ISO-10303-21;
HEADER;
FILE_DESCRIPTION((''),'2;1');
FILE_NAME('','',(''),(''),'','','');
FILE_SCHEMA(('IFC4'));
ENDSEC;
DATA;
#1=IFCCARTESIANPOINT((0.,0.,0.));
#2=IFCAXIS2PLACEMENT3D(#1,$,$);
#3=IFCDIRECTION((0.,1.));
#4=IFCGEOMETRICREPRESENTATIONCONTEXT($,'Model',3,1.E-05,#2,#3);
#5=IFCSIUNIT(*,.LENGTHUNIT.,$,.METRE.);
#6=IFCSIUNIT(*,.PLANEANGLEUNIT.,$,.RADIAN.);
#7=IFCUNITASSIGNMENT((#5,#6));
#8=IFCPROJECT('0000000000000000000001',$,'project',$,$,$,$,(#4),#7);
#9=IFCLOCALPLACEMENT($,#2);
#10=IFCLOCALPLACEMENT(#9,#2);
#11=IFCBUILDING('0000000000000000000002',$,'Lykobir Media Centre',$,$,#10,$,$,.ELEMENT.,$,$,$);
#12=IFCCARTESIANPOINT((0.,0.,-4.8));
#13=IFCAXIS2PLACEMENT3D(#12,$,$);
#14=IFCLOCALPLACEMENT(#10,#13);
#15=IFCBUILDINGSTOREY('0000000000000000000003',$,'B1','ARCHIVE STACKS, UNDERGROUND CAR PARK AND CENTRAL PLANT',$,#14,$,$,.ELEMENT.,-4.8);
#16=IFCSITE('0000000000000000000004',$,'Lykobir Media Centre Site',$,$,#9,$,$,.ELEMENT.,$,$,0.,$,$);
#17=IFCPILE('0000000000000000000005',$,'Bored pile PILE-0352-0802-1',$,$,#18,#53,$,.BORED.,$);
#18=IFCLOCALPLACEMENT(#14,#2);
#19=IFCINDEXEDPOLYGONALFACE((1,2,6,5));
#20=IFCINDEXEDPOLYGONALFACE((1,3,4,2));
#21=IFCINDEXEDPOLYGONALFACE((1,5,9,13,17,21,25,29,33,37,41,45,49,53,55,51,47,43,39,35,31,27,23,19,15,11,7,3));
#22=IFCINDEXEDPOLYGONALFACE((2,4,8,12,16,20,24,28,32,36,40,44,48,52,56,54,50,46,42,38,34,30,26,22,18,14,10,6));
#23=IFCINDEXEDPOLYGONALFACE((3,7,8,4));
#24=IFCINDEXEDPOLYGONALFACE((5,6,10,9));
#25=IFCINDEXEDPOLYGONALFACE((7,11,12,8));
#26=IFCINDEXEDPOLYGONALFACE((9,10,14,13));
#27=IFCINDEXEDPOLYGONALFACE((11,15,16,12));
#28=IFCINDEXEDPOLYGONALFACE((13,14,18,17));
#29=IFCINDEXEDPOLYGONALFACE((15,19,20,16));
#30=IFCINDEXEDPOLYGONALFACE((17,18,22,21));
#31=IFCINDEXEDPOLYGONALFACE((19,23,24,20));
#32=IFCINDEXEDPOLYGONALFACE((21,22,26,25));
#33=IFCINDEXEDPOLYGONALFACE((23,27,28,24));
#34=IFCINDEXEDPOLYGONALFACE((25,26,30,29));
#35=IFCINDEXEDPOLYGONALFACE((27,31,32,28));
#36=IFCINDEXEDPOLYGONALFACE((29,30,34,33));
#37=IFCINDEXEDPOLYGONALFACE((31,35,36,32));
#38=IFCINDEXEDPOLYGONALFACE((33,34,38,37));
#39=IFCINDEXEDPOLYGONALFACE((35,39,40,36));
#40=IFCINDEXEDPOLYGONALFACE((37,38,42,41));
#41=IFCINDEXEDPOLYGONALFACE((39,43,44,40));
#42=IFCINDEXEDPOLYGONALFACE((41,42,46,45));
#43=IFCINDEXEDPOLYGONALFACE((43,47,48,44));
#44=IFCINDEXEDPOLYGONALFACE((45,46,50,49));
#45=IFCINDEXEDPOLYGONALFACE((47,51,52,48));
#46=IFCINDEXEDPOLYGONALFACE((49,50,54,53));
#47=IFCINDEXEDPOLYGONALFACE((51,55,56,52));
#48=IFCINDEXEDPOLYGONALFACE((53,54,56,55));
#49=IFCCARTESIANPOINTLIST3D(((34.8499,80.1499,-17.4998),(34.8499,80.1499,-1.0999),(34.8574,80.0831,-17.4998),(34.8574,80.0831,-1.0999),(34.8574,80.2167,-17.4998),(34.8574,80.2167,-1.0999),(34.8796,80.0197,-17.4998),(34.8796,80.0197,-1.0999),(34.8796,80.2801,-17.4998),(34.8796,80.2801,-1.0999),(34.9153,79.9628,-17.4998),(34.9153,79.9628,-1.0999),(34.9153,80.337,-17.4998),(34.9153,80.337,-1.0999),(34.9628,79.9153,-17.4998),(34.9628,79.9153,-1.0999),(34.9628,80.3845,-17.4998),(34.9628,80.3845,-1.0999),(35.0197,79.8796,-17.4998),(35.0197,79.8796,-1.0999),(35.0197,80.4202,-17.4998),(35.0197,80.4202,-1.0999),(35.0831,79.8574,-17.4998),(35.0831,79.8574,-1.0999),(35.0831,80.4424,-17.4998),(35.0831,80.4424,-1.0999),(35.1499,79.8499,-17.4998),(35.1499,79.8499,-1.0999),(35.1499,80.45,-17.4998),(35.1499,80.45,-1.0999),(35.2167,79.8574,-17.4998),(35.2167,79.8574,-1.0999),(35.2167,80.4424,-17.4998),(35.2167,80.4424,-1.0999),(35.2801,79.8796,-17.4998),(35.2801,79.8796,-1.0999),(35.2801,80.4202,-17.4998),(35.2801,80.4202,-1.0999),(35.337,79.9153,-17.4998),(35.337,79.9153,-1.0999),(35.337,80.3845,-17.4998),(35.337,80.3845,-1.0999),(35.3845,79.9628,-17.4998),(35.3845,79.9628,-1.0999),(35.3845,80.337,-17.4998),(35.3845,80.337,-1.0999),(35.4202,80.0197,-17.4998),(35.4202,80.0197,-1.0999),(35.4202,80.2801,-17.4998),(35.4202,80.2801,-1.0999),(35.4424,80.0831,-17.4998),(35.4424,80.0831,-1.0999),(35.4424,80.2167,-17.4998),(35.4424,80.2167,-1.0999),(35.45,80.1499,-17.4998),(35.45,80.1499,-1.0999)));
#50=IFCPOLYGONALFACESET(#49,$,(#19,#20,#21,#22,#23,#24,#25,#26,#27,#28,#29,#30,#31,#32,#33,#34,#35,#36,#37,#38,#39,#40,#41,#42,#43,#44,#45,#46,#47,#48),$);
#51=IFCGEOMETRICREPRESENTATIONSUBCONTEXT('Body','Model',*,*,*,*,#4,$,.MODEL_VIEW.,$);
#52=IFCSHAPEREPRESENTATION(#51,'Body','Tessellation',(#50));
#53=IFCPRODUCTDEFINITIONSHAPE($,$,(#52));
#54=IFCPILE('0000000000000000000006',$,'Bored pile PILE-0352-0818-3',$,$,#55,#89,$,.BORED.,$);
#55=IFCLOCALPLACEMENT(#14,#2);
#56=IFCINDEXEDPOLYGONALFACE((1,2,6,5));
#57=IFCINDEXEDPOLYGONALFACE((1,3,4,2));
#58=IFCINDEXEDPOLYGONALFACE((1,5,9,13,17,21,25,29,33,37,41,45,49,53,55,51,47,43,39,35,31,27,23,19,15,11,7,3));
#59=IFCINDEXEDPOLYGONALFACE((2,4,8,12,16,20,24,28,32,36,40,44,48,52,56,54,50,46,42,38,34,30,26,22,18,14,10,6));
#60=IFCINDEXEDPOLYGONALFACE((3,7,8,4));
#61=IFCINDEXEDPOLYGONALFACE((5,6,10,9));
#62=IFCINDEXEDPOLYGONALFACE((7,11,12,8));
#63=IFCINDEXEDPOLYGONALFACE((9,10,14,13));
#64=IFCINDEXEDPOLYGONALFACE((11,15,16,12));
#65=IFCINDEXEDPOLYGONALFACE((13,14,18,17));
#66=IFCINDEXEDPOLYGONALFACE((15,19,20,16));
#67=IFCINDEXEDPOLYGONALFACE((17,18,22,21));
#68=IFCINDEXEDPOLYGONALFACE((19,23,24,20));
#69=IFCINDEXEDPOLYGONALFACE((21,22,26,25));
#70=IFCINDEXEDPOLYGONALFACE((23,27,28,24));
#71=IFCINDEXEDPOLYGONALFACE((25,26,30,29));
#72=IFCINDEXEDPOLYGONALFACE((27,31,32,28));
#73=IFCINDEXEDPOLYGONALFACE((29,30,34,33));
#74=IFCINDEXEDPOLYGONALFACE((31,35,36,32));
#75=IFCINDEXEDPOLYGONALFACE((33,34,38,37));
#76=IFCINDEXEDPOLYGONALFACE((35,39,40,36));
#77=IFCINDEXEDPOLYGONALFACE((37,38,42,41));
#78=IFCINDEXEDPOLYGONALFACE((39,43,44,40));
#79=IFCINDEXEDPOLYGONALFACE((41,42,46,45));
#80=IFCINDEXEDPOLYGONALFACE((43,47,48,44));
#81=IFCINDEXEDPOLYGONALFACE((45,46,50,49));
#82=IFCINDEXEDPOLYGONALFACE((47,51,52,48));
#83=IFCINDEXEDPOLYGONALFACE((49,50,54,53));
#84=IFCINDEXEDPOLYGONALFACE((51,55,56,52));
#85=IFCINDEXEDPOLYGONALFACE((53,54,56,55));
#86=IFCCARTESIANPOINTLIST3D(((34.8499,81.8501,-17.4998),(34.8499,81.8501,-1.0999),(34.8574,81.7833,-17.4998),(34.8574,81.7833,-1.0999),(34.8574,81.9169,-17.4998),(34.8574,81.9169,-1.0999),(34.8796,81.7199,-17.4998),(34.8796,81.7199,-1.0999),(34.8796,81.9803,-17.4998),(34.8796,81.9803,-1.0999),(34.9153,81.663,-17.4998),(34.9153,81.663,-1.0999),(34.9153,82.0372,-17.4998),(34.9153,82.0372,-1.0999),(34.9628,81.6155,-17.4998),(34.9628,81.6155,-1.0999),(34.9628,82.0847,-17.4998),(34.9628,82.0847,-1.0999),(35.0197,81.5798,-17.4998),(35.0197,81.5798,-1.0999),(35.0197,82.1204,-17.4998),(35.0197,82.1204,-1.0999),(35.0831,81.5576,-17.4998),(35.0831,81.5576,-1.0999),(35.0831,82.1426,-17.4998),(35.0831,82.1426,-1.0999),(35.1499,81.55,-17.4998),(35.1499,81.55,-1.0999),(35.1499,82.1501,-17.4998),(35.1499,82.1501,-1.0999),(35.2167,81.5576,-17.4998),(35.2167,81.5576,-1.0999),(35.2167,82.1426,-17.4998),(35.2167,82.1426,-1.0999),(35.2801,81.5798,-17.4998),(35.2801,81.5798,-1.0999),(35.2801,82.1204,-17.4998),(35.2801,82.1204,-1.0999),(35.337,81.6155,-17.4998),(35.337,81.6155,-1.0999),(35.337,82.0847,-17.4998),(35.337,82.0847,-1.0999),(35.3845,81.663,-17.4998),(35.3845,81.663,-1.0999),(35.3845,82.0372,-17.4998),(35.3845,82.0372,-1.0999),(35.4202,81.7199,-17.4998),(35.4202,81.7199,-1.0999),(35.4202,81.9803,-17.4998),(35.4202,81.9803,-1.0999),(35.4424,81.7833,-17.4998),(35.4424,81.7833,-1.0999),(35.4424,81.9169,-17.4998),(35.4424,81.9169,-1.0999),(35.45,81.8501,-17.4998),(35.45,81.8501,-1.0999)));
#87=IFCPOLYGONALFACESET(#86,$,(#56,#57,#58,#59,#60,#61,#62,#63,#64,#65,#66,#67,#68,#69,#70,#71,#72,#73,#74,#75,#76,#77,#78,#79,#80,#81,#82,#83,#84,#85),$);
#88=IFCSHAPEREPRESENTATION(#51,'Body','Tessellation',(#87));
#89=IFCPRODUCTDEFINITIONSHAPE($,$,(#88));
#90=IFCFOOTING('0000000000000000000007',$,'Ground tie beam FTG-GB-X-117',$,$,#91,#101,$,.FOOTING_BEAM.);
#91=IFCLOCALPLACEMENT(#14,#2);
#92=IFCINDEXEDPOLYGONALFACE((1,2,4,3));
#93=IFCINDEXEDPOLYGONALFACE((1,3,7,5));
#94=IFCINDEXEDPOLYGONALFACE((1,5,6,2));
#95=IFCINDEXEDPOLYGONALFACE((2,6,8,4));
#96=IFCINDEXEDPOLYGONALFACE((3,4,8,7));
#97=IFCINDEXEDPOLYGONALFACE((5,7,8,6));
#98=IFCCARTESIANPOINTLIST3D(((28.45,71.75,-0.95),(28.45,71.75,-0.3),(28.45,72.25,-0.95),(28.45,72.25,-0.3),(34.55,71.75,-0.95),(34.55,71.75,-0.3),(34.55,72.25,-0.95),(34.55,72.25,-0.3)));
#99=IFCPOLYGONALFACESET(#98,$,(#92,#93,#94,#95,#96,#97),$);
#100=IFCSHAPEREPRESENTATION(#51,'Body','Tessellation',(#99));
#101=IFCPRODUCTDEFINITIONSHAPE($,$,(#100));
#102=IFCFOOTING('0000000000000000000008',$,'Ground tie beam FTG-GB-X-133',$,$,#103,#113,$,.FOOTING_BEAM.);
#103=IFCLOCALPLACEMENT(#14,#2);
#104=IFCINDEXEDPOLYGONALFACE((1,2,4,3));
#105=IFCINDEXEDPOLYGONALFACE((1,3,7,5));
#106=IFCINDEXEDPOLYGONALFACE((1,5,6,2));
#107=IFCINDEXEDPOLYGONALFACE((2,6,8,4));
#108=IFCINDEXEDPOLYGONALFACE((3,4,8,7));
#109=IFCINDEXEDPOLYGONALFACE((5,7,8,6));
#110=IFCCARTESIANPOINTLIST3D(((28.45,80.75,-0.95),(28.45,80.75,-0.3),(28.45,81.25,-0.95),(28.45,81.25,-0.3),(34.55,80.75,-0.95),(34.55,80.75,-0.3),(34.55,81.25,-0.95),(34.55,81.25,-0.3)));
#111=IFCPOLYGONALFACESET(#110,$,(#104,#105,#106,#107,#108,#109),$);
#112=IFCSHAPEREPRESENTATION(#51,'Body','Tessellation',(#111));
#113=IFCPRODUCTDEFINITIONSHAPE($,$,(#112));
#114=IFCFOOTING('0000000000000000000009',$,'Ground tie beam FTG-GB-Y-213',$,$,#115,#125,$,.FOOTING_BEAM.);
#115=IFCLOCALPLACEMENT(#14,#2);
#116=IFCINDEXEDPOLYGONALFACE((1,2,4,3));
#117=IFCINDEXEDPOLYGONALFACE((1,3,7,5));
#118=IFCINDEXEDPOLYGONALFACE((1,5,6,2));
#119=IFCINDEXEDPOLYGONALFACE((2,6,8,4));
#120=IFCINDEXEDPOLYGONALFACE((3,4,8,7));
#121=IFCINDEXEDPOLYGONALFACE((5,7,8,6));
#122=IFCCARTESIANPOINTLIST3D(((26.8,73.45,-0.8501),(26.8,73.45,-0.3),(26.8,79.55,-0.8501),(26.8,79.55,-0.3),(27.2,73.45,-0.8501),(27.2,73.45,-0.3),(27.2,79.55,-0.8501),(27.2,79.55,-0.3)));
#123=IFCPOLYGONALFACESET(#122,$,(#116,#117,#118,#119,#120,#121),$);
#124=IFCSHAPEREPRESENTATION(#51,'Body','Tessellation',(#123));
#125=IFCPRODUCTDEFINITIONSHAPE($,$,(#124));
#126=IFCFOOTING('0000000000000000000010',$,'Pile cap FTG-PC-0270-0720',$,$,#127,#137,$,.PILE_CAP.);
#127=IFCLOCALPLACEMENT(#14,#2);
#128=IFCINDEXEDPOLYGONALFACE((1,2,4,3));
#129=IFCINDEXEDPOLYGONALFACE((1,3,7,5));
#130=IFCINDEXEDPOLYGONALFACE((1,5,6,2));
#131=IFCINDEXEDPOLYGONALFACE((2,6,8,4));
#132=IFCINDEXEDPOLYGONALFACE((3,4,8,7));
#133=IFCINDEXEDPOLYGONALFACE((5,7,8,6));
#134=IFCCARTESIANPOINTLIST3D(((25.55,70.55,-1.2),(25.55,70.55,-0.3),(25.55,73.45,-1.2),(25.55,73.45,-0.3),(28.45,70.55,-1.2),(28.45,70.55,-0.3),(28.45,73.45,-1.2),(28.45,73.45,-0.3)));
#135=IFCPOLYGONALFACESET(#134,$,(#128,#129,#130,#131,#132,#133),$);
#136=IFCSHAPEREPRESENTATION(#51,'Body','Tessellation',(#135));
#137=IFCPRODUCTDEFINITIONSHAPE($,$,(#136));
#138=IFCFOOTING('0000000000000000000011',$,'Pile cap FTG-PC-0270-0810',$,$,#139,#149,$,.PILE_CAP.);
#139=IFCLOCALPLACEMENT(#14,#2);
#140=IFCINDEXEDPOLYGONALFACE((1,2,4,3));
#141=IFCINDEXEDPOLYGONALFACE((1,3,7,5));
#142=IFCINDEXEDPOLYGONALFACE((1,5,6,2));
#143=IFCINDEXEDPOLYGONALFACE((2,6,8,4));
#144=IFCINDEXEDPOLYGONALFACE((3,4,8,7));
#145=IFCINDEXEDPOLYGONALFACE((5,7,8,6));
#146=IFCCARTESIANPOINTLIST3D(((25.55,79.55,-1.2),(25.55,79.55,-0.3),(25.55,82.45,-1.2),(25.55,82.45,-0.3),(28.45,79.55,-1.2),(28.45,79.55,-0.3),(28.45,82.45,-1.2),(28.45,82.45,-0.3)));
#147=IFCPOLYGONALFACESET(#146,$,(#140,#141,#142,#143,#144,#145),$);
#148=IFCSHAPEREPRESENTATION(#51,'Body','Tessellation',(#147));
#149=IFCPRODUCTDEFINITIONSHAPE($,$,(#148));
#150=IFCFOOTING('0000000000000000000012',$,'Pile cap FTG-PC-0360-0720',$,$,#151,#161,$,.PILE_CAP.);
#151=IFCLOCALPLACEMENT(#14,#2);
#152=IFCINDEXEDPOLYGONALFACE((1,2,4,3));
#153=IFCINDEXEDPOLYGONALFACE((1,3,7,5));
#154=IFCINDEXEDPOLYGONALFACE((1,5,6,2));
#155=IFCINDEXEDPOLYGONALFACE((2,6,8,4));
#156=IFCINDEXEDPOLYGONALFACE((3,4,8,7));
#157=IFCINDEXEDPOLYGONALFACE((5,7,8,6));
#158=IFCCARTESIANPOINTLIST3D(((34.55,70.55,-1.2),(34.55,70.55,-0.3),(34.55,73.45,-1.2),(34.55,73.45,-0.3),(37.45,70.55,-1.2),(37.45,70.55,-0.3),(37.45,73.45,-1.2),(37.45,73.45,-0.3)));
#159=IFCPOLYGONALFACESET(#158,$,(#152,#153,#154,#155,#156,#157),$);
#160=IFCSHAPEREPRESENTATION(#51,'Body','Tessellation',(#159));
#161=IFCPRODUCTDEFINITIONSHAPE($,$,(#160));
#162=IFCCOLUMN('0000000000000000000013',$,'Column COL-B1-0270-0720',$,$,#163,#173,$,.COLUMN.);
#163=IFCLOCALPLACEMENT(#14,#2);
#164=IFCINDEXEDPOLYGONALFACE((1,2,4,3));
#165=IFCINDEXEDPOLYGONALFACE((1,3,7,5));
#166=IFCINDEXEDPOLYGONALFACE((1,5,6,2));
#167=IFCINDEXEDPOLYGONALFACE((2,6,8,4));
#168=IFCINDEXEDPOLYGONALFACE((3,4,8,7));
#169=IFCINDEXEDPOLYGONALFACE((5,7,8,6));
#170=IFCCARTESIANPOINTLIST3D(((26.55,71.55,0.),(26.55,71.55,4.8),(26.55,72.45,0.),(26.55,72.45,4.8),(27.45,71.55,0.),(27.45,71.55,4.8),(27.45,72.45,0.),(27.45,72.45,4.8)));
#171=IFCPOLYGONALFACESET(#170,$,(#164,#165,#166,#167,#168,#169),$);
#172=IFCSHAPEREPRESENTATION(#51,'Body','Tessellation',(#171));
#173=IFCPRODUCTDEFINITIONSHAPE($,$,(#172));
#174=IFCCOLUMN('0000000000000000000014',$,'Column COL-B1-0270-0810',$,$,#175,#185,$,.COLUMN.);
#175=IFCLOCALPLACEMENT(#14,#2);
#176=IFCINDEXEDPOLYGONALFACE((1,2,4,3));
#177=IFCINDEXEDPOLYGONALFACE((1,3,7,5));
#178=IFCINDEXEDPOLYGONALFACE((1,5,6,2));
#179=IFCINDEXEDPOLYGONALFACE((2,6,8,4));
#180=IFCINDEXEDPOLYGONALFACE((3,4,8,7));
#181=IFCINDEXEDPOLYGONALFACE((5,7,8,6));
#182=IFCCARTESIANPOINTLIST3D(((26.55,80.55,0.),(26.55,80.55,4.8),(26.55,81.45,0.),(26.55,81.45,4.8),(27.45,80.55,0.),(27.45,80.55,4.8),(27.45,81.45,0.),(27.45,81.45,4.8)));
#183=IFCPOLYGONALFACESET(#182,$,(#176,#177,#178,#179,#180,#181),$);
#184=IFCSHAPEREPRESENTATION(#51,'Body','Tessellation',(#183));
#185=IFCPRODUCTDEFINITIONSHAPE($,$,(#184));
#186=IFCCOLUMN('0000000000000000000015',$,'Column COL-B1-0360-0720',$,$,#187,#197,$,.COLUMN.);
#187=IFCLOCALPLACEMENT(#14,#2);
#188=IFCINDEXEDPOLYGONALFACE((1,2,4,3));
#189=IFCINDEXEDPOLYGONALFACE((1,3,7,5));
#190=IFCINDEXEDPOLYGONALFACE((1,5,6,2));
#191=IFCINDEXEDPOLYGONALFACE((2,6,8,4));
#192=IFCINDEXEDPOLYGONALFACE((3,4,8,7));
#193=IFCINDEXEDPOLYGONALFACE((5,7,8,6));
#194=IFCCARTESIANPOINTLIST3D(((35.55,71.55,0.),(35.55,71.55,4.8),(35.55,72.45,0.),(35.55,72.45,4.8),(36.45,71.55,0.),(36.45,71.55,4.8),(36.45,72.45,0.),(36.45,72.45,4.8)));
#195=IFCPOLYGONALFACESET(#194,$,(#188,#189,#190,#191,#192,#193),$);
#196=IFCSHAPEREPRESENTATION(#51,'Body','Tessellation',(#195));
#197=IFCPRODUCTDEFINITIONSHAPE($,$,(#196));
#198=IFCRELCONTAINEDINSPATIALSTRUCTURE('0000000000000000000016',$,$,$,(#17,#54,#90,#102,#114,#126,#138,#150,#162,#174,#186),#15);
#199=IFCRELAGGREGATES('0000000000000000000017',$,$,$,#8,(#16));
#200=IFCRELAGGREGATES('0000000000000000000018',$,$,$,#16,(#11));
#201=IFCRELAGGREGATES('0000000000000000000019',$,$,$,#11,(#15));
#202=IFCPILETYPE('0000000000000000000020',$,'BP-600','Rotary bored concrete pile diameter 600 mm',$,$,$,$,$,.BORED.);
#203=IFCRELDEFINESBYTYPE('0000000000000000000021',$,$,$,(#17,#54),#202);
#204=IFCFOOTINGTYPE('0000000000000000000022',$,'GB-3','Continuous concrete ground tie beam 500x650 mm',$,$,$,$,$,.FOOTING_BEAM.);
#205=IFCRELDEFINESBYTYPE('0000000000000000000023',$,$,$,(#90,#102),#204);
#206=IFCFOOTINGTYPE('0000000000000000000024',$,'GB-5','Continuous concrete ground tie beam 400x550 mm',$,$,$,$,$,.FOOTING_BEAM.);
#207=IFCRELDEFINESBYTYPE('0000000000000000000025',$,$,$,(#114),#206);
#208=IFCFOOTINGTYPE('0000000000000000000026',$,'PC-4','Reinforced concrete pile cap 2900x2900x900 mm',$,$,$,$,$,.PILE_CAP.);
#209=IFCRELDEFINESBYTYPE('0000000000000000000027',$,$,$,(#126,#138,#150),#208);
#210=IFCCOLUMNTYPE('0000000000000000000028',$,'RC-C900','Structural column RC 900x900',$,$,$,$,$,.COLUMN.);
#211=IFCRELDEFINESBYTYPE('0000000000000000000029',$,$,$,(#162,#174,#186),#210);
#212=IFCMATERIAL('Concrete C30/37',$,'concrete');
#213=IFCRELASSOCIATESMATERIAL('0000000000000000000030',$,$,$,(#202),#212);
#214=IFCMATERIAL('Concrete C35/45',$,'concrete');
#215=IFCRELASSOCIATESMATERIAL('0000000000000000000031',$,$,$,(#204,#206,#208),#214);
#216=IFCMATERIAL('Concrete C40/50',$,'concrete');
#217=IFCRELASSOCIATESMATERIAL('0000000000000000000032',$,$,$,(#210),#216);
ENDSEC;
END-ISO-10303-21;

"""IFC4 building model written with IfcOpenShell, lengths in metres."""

from ifc_helpers import new_model, si_unit, direction, frame, origin, origin_2d, place, context, subcontext, project, spatial, rectangle, circle, extrude, material, material_profile, profile_set, type_object, element, save


model = new_model("IFC4")

# Units and contexts
model_context = context("Model", 3, precision=1e-05, world=origin(), true_north=direction((0.0, 1.0)))
body_context = subcontext(model_context, "Body", "Model", "MODEL_VIEW")
ifc_project = project(units=[si_unit("LENGTHUNIT", "METRE"), si_unit("PLANEANGLEUNIT", "RADIAN")], contexts=[model_context])

# Site, building, storey
site_placement = place(None, origin())
site = spatial("IfcSite", under=ifc_project, at=site_placement, Name="Lykobir Media Centre Site", CompositionType="ELEMENT", RefElevation=0.0)
building_placement = place(site_placement, origin())
building = spatial("IfcBuilding", under=site, at=building_placement, Name="Lykobir Media Centre", CompositionType="ELEMENT")
storey_placement = place(building_placement, frame((0.0, 0.0, -4.8)))
storey = spatial("IfcBuildingStorey", under=building, at=storey_placement, Name="B1", Description="ARCHIVE STACKS, UNDERGROUND CAR PARK AND CENTRAL PLANT", CompositionType="ELEMENT", Elevation=-4.8)

# Piles
ifc_material_1 = material(Name="Concrete C30/37", Category="concrete")
ifc_material_profile_1 = material_profile(ifc_material_1, circle(Radius=0.3, at=origin_2d()), Name="BORED PILE D600")
ifc_profile_set_1 = profile_set([ifc_material_profile_1], Name="Concrete C30/37")
pile_type = type_object("IfcPileType", Name="BP-600", Description="Rotary bored concrete pile diameter 600 mm", PredefinedType="BORED", material=ifc_profile_set_1)
for number, where, z_axis, x_axis, name in (
    (1, (35.1499, 80.1499, -1.0999), (0.0, 0.0, -1.0), (1.0, 0.0, 0.0), "Bored pile PILE-0352-0802-1"),
    (2, (35.1499, 81.8501, -1.0999), (0.0, 0.0, -1.0), (1.0, 0.0, 0.0), "Bored pile PILE-0352-0818-3"),
):
    element("IfcPile", number, at=place(storey_placement, frame(where, z_axis=z_axis, x_axis=x_axis)), inside=storey, type_object=pile_type, Name=name, PredefinedType="BORED", context=body_context, shape_type="SweptSolid", body=[
        extrude(circle(Radius=0.3, at=origin_2d()), origin(), (0.0, 0.0, 1.0), 16.3999),
    ])

# Footings
ifc_material_2 = material(Name="Concrete C35/45", Category="concrete")
footing_type_1 = type_object("IfcFootingType", Name="GB-3", Description="Continuous concrete ground tie beam 500x650 mm", PredefinedType="FOOTING_BEAM", material=ifc_material_2)
for number, where, z_axis, x_axis, name in (
    (3, (31.5, 72.0, -0.95), (0.0, 0.0, 1.0), (1.0, 0.0, 0.0), "Ground tie beam FTG-GB-X-117"),
    (4, (31.5, 81.0, -0.95), (0.0, 0.0, 1.0), (1.0, 0.0, 0.0), "Ground tie beam FTG-GB-X-133"),
):
    element("IfcFooting", number, at=place(storey_placement, frame(where, z_axis=z_axis, x_axis=x_axis)), inside=storey, type_object=footing_type_1, Name=name, PredefinedType="FOOTING_BEAM", context=body_context, shape_type="SweptSolid", body=[
        extrude(rectangle(XDim=6.1001, YDim=0.5, at=origin_2d()), origin(), (0.0, 0.0, 1.0), 0.6499),
    ])
footing_type_2 = type_object("IfcFootingType", Name="GB-5", Description="Continuous concrete ground tie beam 400x550 mm", PredefinedType="FOOTING_BEAM", material=ifc_material_2)
footing_placement = place(storey_placement, frame((27.0, 76.5, -0.8501), z_axis=(0.0, 0.0, 1.0), x_axis=(0.0, 1.0, 0.0)))
element("IfcFooting", 5, at=footing_placement, inside=storey, type_object=footing_type_2, Name="Ground tie beam FTG-GB-Y-213", PredefinedType="FOOTING_BEAM", context=body_context, shape_type="SweptSolid", body=[
    extrude(rectangle(XDim=6.1001, YDim=0.3999, at=origin_2d()), origin(), (0.0, 0.0, 1.0), 0.55),
])
footing_type_3 = type_object("IfcFootingType", Name="PC-4", Description="Reinforced concrete pile cap 2900x2900x900 mm", PredefinedType="PILE_CAP", material=ifc_material_2)
for number, where, z_axis, x_axis, name in (
    (6, (27.0, 72.0, -1.2), (0.0, 0.0, 1.0), (1.0, 0.0, 0.0), "Pile cap FTG-PC-0270-0720"),
    (7, (27.0, 81.0, -1.2), (0.0, 0.0, 1.0), (1.0, 0.0, 0.0), "Pile cap FTG-PC-0270-0810"),
    (8, (36.0, 72.0, -1.2), (0.0, 0.0, 1.0), (1.0, 0.0, 0.0), "Pile cap FTG-PC-0360-0720"),
):
    element("IfcFooting", number, at=place(storey_placement, frame(where, z_axis=z_axis, x_axis=x_axis)), inside=storey, type_object=footing_type_3, Name=name, PredefinedType="PILE_CAP", context=body_context, shape_type="SweptSolid", body=[
        extrude(rectangle(XDim=2.8999, YDim=2.8999, at=origin_2d()), origin(), (0.0, 0.0, 1.0), 0.8999),
    ])

# Columns
ifc_material_3 = material(Name="Concrete C40/50", Category="concrete")
ifc_material_profile_2 = material_profile(ifc_material_3, rectangle(XDim=0.8999, YDim=0.8999, at=origin_2d()), Name="RC 900x900")
ifc_profile_set_2 = profile_set([ifc_material_profile_2], Name="Concrete C40/50")
column_type = type_object("IfcColumnType", Name="RC-C900", Description="Structural column RC 900x900", PredefinedType="COLUMN", material=ifc_profile_set_2)
for number, where, z_axis, x_axis, name in (
    (9, (27.0, 72.0, 0.0), (0.0, 0.0, 1.0), (1.0, 0.0, 0.0), "Column COL-B1-0270-0720"),
    (10, (27.0, 81.0, 0.0), (0.0, 0.0, 1.0), (1.0, 0.0, 0.0), "Column COL-B1-0270-0810"),
    (11, (36.0, 72.0, 0.0), (0.0, 0.0, 1.0), (1.0, 0.0, 0.0), "Column COL-B1-0360-0720"),
):
    element("IfcColumn", number, at=place(storey_placement, frame(where, z_axis=z_axis, x_axis=x_axis)), inside=storey, type_object=column_type, Name=name, PredefinedType="COLUMN", context=body_context, shape_type="SweptSolid", body=[
        extrude(rectangle(XDim=0.8999, YDim=0.8999, at=origin_2d()), origin(), (0.0, 0.0, 1.0), 4.8),
    ])

save(model, "model.ifc")
